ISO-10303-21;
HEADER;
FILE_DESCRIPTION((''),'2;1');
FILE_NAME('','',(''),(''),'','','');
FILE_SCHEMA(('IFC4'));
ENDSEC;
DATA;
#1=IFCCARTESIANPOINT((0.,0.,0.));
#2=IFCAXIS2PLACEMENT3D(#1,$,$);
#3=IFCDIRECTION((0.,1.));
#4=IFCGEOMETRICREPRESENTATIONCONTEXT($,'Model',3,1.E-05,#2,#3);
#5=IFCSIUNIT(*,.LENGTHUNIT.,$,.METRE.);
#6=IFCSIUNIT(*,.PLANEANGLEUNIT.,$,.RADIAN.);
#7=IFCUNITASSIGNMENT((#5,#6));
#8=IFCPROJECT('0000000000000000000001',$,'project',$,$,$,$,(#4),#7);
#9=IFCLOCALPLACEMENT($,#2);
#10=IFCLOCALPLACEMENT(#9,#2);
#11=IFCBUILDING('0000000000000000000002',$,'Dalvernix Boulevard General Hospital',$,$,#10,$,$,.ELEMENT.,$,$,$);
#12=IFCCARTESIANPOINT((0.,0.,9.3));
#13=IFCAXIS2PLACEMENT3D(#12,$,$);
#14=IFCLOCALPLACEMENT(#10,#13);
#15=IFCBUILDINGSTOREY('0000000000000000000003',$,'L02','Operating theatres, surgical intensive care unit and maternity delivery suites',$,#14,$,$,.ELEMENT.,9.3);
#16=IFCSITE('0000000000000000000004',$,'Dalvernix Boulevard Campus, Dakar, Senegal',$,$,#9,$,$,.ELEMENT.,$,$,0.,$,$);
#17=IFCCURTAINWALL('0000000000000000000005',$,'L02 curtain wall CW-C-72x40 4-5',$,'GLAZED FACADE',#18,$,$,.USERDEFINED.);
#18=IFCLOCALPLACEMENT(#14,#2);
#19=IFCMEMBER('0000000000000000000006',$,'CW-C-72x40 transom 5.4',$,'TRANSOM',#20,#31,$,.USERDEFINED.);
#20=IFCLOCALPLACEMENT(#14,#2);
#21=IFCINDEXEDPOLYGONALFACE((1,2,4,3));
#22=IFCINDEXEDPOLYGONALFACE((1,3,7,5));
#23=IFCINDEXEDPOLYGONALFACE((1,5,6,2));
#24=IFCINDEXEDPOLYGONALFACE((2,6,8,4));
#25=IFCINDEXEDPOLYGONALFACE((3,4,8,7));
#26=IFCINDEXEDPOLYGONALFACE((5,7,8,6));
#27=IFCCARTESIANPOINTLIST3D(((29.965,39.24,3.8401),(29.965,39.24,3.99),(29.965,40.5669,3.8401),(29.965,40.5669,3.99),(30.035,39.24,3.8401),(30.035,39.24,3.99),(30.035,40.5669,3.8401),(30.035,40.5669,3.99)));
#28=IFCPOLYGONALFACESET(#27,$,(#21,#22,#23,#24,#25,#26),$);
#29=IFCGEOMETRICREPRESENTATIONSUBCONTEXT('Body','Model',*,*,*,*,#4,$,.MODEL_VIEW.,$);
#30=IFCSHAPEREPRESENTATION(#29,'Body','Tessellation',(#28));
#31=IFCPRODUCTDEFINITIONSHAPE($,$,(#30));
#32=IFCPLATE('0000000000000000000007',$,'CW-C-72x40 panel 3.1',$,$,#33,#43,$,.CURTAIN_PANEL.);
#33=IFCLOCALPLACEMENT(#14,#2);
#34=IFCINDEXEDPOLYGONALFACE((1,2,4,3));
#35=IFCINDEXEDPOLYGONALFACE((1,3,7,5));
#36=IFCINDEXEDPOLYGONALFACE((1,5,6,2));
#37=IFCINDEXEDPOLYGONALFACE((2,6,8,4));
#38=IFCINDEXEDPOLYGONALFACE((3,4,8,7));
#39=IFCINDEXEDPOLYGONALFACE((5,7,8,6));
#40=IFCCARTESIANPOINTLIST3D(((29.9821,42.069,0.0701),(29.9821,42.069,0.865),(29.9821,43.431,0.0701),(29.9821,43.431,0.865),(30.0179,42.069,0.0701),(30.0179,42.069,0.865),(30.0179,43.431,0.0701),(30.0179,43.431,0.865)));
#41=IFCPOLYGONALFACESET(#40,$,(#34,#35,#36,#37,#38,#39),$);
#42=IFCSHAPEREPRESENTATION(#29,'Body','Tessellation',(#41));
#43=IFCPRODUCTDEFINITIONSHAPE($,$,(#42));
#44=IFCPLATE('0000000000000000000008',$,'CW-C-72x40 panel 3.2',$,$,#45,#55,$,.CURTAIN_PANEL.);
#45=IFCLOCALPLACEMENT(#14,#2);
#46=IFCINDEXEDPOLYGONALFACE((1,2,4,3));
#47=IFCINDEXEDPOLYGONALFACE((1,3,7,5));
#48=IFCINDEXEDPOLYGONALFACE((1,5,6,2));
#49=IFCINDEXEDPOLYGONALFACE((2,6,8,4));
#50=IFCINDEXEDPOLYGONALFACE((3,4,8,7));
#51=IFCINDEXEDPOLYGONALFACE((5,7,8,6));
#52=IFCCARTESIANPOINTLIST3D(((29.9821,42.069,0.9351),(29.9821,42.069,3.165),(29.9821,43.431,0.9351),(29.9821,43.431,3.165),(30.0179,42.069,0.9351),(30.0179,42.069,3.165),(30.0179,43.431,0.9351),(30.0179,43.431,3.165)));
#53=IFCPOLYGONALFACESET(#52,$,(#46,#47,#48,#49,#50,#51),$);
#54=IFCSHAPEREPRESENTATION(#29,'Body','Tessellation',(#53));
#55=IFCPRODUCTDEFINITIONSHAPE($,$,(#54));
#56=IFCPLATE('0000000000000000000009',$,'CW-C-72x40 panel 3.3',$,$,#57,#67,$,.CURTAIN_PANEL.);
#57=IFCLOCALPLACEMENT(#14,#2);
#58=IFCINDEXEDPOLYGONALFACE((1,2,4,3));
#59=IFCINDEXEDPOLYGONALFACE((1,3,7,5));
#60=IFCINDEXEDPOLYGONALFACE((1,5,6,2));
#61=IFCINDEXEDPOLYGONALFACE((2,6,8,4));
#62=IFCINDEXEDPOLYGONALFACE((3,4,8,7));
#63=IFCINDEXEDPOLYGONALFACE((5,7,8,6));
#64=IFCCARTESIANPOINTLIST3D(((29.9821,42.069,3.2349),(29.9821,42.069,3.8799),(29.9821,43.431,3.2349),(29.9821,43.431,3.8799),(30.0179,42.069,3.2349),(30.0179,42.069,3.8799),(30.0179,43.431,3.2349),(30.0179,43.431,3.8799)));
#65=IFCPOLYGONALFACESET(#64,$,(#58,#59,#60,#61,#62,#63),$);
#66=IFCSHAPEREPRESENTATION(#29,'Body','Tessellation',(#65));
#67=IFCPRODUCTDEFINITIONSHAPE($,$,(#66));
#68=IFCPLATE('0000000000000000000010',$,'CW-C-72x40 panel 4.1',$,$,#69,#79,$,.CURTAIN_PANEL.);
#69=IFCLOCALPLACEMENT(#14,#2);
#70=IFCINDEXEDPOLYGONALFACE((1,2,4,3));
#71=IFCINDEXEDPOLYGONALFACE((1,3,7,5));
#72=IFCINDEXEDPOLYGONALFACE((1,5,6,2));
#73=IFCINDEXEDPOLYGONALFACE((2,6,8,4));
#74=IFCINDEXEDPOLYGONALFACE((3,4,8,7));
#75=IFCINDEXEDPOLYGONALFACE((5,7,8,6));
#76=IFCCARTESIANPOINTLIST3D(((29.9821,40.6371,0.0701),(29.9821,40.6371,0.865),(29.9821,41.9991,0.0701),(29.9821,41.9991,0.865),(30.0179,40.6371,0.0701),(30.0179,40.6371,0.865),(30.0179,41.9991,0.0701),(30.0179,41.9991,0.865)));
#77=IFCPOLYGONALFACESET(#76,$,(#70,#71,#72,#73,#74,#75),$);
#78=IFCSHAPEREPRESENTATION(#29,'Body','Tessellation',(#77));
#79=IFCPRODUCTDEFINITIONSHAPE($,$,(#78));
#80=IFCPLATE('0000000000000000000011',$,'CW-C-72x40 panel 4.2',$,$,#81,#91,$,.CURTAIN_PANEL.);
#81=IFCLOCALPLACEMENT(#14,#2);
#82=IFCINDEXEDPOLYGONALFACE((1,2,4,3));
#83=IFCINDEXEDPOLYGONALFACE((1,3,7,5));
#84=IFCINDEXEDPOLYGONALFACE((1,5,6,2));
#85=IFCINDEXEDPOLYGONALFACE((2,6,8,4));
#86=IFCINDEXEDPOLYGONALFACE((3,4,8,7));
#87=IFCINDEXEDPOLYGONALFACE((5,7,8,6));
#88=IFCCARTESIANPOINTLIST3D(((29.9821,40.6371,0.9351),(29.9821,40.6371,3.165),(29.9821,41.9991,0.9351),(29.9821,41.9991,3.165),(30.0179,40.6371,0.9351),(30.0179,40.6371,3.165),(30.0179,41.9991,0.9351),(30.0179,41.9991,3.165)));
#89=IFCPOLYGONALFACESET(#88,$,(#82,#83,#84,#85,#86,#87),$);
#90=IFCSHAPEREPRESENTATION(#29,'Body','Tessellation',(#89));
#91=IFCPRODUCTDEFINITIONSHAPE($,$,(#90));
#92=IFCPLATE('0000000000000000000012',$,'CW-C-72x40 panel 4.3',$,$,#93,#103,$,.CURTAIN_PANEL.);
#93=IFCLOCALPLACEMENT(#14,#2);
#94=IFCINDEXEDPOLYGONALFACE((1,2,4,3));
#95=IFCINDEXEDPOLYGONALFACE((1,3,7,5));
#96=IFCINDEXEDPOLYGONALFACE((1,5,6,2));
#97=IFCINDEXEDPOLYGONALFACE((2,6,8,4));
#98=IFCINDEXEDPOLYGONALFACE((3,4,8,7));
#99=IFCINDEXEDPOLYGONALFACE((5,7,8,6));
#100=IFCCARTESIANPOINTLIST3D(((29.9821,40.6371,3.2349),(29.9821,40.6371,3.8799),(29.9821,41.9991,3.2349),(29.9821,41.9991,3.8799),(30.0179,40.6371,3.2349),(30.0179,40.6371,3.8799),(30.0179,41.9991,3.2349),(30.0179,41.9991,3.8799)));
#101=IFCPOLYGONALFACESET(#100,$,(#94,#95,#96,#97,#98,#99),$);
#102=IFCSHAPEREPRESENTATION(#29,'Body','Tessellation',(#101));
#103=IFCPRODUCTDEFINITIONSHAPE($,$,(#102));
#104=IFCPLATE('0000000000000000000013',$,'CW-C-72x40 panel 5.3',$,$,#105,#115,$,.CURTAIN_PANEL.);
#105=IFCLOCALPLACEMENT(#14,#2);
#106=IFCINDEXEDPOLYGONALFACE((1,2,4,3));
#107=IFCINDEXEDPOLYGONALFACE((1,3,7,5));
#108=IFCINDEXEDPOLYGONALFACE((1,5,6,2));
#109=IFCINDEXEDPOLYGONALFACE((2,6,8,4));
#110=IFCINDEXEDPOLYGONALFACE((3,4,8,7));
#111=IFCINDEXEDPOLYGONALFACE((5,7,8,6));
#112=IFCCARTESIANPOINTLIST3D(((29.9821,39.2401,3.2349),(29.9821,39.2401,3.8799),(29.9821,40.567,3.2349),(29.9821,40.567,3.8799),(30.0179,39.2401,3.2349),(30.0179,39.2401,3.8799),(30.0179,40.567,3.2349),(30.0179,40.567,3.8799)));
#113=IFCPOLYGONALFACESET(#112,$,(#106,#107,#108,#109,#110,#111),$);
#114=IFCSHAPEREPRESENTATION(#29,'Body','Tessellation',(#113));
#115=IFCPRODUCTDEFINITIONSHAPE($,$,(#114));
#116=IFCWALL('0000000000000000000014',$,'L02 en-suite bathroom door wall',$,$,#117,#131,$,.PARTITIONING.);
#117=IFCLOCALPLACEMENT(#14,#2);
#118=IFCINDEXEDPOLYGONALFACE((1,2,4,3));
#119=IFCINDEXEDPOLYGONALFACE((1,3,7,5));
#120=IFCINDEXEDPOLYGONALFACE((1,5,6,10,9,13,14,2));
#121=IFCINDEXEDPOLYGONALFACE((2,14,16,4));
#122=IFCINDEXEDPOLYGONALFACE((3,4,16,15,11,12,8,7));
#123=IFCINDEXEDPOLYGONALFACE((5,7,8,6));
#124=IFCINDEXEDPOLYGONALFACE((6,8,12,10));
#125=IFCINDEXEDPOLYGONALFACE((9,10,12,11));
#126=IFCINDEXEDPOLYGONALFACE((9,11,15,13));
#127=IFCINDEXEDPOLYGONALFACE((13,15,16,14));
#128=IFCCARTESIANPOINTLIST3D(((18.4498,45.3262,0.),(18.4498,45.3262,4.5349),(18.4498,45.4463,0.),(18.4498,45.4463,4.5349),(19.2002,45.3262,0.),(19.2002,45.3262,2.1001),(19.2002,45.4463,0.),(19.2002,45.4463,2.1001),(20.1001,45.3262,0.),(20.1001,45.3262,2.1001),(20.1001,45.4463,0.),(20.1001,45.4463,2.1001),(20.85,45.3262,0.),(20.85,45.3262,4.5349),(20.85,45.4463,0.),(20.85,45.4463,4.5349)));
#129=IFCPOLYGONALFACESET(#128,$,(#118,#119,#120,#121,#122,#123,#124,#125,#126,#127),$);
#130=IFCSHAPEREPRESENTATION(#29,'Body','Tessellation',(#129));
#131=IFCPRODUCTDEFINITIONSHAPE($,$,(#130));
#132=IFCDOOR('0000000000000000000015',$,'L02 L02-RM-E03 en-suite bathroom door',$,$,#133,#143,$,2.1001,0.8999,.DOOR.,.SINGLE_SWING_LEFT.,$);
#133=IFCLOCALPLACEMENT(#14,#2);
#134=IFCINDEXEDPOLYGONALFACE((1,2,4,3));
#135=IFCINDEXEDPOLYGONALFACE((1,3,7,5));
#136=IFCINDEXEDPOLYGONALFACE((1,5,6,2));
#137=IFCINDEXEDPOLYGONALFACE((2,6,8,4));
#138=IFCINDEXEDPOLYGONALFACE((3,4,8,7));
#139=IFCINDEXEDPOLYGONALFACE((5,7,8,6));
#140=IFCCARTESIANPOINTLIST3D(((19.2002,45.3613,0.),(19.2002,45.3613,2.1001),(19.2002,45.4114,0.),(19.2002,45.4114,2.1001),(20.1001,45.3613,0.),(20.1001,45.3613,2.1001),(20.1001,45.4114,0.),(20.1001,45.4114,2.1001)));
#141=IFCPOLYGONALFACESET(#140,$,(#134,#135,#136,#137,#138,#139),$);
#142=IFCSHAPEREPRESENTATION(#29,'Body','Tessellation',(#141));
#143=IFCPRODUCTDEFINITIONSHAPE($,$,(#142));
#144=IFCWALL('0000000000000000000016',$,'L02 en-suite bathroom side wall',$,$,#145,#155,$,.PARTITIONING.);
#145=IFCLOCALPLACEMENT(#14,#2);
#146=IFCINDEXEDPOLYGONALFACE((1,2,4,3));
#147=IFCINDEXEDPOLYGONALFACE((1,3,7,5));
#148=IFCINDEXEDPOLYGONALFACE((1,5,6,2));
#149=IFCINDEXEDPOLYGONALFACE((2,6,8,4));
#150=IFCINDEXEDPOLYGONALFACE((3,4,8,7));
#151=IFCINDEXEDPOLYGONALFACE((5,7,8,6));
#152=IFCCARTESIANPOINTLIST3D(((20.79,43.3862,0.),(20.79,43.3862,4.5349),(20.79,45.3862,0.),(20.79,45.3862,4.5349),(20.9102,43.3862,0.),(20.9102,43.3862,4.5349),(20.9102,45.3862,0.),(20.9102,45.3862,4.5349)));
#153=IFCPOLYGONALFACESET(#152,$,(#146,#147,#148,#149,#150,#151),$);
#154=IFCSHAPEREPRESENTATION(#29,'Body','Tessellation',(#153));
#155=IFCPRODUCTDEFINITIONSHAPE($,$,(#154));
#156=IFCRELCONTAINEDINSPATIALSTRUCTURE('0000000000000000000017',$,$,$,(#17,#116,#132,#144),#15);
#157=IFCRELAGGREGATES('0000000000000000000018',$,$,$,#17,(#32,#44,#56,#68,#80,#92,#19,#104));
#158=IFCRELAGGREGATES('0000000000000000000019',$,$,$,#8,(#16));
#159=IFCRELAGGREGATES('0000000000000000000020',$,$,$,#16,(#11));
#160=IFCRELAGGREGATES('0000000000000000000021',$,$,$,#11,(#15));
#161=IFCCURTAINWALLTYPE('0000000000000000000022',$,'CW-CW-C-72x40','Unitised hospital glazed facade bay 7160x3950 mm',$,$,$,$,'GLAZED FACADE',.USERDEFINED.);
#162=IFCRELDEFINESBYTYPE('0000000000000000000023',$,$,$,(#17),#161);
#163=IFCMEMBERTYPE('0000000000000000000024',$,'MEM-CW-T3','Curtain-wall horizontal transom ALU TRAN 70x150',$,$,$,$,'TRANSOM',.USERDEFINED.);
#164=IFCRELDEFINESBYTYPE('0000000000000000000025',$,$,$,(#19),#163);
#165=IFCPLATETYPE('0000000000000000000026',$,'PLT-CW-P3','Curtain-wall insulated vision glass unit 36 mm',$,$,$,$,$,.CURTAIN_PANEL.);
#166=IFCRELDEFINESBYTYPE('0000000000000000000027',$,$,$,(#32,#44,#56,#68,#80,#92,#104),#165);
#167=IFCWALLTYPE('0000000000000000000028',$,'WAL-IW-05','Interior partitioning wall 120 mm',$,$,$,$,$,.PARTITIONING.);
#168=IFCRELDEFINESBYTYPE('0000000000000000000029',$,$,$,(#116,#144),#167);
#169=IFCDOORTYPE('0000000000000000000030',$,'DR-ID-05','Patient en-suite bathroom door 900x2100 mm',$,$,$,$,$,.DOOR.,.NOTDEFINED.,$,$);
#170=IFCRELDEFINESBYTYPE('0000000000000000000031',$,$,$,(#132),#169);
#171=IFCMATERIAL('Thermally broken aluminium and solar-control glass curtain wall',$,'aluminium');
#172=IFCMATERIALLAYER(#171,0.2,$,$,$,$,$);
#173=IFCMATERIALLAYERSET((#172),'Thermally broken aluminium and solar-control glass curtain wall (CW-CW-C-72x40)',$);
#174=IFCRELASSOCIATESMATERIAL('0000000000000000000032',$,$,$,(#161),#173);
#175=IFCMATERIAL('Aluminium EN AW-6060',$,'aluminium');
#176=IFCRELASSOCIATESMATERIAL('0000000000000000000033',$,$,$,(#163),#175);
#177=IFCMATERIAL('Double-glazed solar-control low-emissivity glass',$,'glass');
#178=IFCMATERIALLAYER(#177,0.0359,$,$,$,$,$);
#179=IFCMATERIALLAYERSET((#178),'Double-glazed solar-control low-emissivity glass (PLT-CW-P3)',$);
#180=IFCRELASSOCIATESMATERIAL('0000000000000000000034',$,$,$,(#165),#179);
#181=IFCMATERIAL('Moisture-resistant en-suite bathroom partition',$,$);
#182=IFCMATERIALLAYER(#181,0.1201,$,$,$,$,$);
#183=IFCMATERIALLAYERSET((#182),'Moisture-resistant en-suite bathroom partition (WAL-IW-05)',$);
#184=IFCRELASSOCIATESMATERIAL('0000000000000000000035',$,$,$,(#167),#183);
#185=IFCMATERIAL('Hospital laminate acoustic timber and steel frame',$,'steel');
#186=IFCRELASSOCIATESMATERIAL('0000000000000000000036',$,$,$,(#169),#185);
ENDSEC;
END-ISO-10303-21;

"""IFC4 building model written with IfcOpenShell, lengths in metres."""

from ifc_helpers import new_model, si_unit, direction, frame, frame_2d, origin, origin_2d, place, context, subcontext, project, spatial, rectangle, extrude, material, layer, layer_set, material_profile, profile_set, type_object, element, fill, aggregate, save


model = new_model("IFC4")

# Units and contexts
model_context = context("Model", 3, precision=1e-05, world=origin(), true_north=direction((0.0, 1.0)))
body_context = subcontext(model_context, "Body", "Model", "MODEL_VIEW")
ifc_project = project(units=[si_unit("LENGTHUNIT", "METRE"), si_unit("PLANEANGLEUNIT", "RADIAN")], contexts=[model_context])

# Site, building, storey
site_placement = place(None, origin())
site = spatial("IfcSite", under=ifc_project, at=site_placement, Name="Dalvernix Boulevard Campus, Dakar, Senegal", CompositionType="ELEMENT", RefElevation=0.0)
building_placement = place(site_placement, origin())
building = spatial("IfcBuilding", under=site, at=building_placement, Name="Dalvernix Boulevard General Hospital", CompositionType="ELEMENT")
storey_placement = place(building_placement, frame((0.0, 0.0, 9.3)))
storey = spatial("IfcBuildingStorey", under=building, at=storey_placement, Name="L02", Description="Operating theatres, surgical intensive care unit and maternity delivery suites", CompositionType="ELEMENT", Elevation=9.3)

# Curtain wall, member, plates
ifc_material_1 = material(Name="Thermally broken aluminium and solar-control glass curtain wall", Category="aluminium")
ifc_layer_1 = layer(ifc_material_1, 0.2)
ifc_layer_set_1 = layer_set([ifc_layer_1], Name="Thermally broken aluminium and solar-control glass curtain wall (CW-CW-C-72x40)")
curtain_wall_type = type_object("IfcCurtainWallType", Name="CW-CW-C-72x40", Description="Unitised hospital glazed facade bay 7160x3950 mm", ElementType="GLAZED FACADE", PredefinedType="USERDEFINED", material=ifc_layer_set_1)
curtain_wall_placement = place(storey_placement, origin())
curtain_wall = element("IfcCurtainWall", 1, at=curtain_wall_placement, inside=storey, type_object=curtain_wall_type, Name="L02 curtain wall CW-C-72x40 4-5", ObjectType="GLAZED FACADE", PredefinedType="USERDEFINED")
ifc_material_2 = material(Name="Aluminium EN AW-6060", Category="aluminium")
ifc_material_profile_1 = material_profile(ifc_material_2, rectangle(XDim=0.0701, YDim=0.1499, at=origin_2d()), Name="ALU TRAN 70x150")
ifc_profile_set_1 = profile_set([ifc_material_profile_1], Name="Aluminium EN AW-6060")
member_type_1 = type_object("IfcMemberType", Name="MEM-CW-T3", Description="Curtain-wall horizontal transom ALU TRAN 70x150", ElementType="TRANSOM", PredefinedType="USERDEFINED", material=ifc_profile_set_1)
member_1_placement = place(storey_placement, frame((30.0, 40.5669, 3.915), z_axis=(0.0, -1.0, 0.0), x_axis=(1.0, 0.0, 0.0)))
member_1 = element("IfcMember", 2, at=member_1_placement, type_object=member_type_1, Name="CW-C-72x40 transom 5.4", ObjectType="TRANSOM", PredefinedType="USERDEFINED", context=body_context, shape_type="SweptSolid", body=[
    extrude(rectangle(XDim=0.0701, YDim=0.1499, at=origin_2d()), origin(), (0.0, 0.0, 1.0), 1.3269),
])
ifc_material_3 = material(Name="Double-glazed solar-control low-emissivity glass", Category="glass")
ifc_layer_2 = layer(ifc_material_3, 0.0359)
ifc_layer_set_2 = layer_set([ifc_layer_2], Name="Double-glazed solar-control low-emissivity glass (PLT-CW-P3)")
plate_type = type_object("IfcPlateType", Name="PLT-CW-P3", Description="Curtain-wall insulated vision glass unit 36 mm", PredefinedType="CURTAIN_PANEL", material=ifc_layer_set_2)
plate_1_placement = place(storey_placement, frame((30.0, 42.75, 0.0701), z_axis=(0.0, 0.0, 1.0), x_axis=(0.0, -1.0, 0.0)))
plate_1 = element("IfcPlate", 3, at=plate_1_placement, type_object=plate_type, Name="CW-C-72x40 panel 3.1", PredefinedType="CURTAIN_PANEL", context=body_context, shape_type="SweptSolid", body=[
    extrude(rectangle(XDim=1.3621, YDim=0.0359, at=origin_2d()), origin(), (0.0, 0.0, 1.0), 0.7949),
])
plate_2_placement = place(storey_placement, frame((30.0, 42.75, 0.9351), z_axis=(0.0, 0.0, 1.0), x_axis=(0.0, -1.0, 0.0)))
plate_2 = element("IfcPlate", 4, at=plate_2_placement, type_object=plate_type, Name="CW-C-72x40 panel 3.2", PredefinedType="CURTAIN_PANEL", context=body_context, shape_type="SweptSolid", body=[
    extrude(rectangle(XDim=1.3621, YDim=0.0359, at=origin_2d()), origin(), (0.0, 0.0, 1.0), 2.23),
])
plate_3_placement = place(storey_placement, frame((30.0, 42.75, 3.2349), z_axis=(0.0, 0.0, 1.0), x_axis=(0.0, -1.0, 0.0)))
plate_3 = element("IfcPlate", 5, at=plate_3_placement, type_object=plate_type, Name="CW-C-72x40 panel 3.3", PredefinedType="CURTAIN_PANEL", context=body_context, shape_type="SweptSolid", body=[
    extrude(rectangle(XDim=1.3621, YDim=0.0359, at=origin_2d()), origin(), (0.0, 0.0, 1.0), 0.645),
])
plate_4_placement = place(storey_placement, frame((30.0, 41.3181, 0.0701), z_axis=(0.0, 0.0, 1.0), x_axis=(0.0, -1.0, 0.0)))
plate_4 = element("IfcPlate", 6, at=plate_4_placement, type_object=plate_type, Name="CW-C-72x40 panel 4.1", PredefinedType="CURTAIN_PANEL", context=body_context, shape_type="SweptSolid", body=[
    extrude(rectangle(XDim=1.3621, YDim=0.0359, at=origin_2d()), origin(), (0.0, 0.0, 1.0), 0.7949),
])
plate_5_placement = place(storey_placement, frame((30.0, 41.3181, 0.9351), z_axis=(0.0, 0.0, 1.0), x_axis=(0.0, -1.0, 0.0)))
plate_5 = element("IfcPlate", 7, at=plate_5_placement, type_object=plate_type, Name="CW-C-72x40 panel 4.2", PredefinedType="CURTAIN_PANEL", context=body_context, shape_type="SweptSolid", body=[
    extrude(rectangle(XDim=1.3621, YDim=0.0359, at=origin_2d()), origin(), (0.0, 0.0, 1.0), 2.23),
])
plate_6_placement = place(storey_placement, frame((30.0, 41.3181, 3.2349), z_axis=(0.0, 0.0, 1.0), x_axis=(0.0, -1.0, 0.0)))
plate_6 = element("IfcPlate", 8, at=plate_6_placement, type_object=plate_type, Name="CW-C-72x40 panel 4.3", PredefinedType="CURTAIN_PANEL", context=body_context, shape_type="SweptSolid", body=[
    extrude(rectangle(XDim=1.3621, YDim=0.0359, at=origin_2d()), origin(), (0.0, 0.0, 1.0), 0.645),
])
plate_7_placement = place(storey_placement, frame((30.0, 39.9036, 3.2349), z_axis=(0.0, 0.0, 1.0), x_axis=(0.0, -1.0, 0.0)))
plate_7 = element("IfcPlate", 9, at=plate_7_placement, type_object=plate_type, Name="CW-C-72x40 panel 5.3", PredefinedType="CURTAIN_PANEL", context=body_context, shape_type="SweptSolid", body=[
    extrude(rectangle(XDim=1.3269, YDim=0.0359, at=origin_2d()), origin(), (0.0, 0.0, 1.0), 0.645),
])
aggregate(curtain_wall, [plate_1, plate_2, plate_3, plate_4, plate_5, plate_6, member_1, plate_7])

# Wall, opening, door
ifc_material_4 = material(Name="Moisture-resistant en-suite bathroom partition")
ifc_layer_3 = layer(ifc_material_4, 0.1201)
ifc_layer_set_3 = layer_set([ifc_layer_3], Name="Moisture-resistant en-suite bathroom partition (WAL-IW-05)")
wall_type = type_object("IfcWallType", Name="WAL-IW-05", Description="Interior partitioning wall 120 mm", PredefinedType="PARTITIONING", material=ifc_layer_set_3)
wall_1_placement = place(storey_placement, frame((20.8501, 45.3862, 0.0), z_axis=(0.0, 0.0, 1.0), x_axis=(-1.0, 0.0, 0.0)))
wall_1 = element("IfcWall", 10, at=wall_1_placement, inside=storey, type_object=wall_type, Name="L02 en-suite bathroom door wall", PredefinedType="PARTITIONING", context=body_context, shape_type="SweptSolid", body=[
    extrude(rectangle(XDim=2.4001, YDim=0.1201, at=frame_2d((1.2002, 0.0))), origin(), (0.0, 0.0, 1.0), 4.5349),
])
opening_placement = place(wall_1_placement, frame((0.75, 0.0, 0.0)))
opening = element("IfcOpeningElement", 11, at=opening_placement, cuts=wall_1, PredefinedType="OPENING", context=body_context, shape_type="SweptSolid", body=[
    extrude(rectangle(XDim=0.8999, YDim=2.1001, at=frame_2d((0.45, 1.05))), frame((0.0, 0.0701, 0.0), z_axis=(0.0, -1.0, 0.0), x_axis=(1.0, 0.0, 0.0)), (0.0, 0.0, 1.0), 0.1401),
])
ifc_material_5 = material(Name="Hospital laminate acoustic timber and steel frame", Category="steel")
door_type = type_object("IfcDoorType", Name="DR-ID-05", Description="Patient en-suite bathroom door 900x2100 mm", OperationType="NOTDEFINED", PredefinedType="DOOR", material=ifc_material_5)
door_placement = place(opening_placement, origin())
door = element("IfcDoor", 12, at=door_placement, inside=storey, type_object=door_type, Name="L02 L02-RM-E03 en-suite bathroom door", OperationType="SINGLE_SWING_LEFT", OverallHeight=2.1001, OverallWidth=0.8999, PredefinedType="DOOR", context=body_context, shape_type="SweptSolid", body=[
    extrude(rectangle(XDim=0.8999, YDim=2.1001, at=frame_2d((0.45, 1.05))), frame((0.0, 0.0249, 0.0), z_axis=(0.0, -1.0, 0.0), x_axis=(1.0, 0.0, 0.0)), (0.0, 0.0, 1.0), 0.05),
])
fill(opening, door)

# Wall
wall_2_placement = place(storey_placement, frame((20.8501, 43.3862, 0.0), z_axis=(0.0, 0.0, 1.0), x_axis=(0.0, 1.0, 0.0)))
element("IfcWall", 13, at=wall_2_placement, inside=storey, type_object=wall_type, Name="L02 en-suite bathroom side wall", PredefinedType="PARTITIONING", context=body_context, shape_type="SweptSolid", body=[
    extrude(rectangle(XDim=2.0, YDim=0.1201, at=frame_2d((1.0, 0.0))), origin(), (0.0, 0.0, 1.0), 4.5349),
])

save(model, "model.ifc")
